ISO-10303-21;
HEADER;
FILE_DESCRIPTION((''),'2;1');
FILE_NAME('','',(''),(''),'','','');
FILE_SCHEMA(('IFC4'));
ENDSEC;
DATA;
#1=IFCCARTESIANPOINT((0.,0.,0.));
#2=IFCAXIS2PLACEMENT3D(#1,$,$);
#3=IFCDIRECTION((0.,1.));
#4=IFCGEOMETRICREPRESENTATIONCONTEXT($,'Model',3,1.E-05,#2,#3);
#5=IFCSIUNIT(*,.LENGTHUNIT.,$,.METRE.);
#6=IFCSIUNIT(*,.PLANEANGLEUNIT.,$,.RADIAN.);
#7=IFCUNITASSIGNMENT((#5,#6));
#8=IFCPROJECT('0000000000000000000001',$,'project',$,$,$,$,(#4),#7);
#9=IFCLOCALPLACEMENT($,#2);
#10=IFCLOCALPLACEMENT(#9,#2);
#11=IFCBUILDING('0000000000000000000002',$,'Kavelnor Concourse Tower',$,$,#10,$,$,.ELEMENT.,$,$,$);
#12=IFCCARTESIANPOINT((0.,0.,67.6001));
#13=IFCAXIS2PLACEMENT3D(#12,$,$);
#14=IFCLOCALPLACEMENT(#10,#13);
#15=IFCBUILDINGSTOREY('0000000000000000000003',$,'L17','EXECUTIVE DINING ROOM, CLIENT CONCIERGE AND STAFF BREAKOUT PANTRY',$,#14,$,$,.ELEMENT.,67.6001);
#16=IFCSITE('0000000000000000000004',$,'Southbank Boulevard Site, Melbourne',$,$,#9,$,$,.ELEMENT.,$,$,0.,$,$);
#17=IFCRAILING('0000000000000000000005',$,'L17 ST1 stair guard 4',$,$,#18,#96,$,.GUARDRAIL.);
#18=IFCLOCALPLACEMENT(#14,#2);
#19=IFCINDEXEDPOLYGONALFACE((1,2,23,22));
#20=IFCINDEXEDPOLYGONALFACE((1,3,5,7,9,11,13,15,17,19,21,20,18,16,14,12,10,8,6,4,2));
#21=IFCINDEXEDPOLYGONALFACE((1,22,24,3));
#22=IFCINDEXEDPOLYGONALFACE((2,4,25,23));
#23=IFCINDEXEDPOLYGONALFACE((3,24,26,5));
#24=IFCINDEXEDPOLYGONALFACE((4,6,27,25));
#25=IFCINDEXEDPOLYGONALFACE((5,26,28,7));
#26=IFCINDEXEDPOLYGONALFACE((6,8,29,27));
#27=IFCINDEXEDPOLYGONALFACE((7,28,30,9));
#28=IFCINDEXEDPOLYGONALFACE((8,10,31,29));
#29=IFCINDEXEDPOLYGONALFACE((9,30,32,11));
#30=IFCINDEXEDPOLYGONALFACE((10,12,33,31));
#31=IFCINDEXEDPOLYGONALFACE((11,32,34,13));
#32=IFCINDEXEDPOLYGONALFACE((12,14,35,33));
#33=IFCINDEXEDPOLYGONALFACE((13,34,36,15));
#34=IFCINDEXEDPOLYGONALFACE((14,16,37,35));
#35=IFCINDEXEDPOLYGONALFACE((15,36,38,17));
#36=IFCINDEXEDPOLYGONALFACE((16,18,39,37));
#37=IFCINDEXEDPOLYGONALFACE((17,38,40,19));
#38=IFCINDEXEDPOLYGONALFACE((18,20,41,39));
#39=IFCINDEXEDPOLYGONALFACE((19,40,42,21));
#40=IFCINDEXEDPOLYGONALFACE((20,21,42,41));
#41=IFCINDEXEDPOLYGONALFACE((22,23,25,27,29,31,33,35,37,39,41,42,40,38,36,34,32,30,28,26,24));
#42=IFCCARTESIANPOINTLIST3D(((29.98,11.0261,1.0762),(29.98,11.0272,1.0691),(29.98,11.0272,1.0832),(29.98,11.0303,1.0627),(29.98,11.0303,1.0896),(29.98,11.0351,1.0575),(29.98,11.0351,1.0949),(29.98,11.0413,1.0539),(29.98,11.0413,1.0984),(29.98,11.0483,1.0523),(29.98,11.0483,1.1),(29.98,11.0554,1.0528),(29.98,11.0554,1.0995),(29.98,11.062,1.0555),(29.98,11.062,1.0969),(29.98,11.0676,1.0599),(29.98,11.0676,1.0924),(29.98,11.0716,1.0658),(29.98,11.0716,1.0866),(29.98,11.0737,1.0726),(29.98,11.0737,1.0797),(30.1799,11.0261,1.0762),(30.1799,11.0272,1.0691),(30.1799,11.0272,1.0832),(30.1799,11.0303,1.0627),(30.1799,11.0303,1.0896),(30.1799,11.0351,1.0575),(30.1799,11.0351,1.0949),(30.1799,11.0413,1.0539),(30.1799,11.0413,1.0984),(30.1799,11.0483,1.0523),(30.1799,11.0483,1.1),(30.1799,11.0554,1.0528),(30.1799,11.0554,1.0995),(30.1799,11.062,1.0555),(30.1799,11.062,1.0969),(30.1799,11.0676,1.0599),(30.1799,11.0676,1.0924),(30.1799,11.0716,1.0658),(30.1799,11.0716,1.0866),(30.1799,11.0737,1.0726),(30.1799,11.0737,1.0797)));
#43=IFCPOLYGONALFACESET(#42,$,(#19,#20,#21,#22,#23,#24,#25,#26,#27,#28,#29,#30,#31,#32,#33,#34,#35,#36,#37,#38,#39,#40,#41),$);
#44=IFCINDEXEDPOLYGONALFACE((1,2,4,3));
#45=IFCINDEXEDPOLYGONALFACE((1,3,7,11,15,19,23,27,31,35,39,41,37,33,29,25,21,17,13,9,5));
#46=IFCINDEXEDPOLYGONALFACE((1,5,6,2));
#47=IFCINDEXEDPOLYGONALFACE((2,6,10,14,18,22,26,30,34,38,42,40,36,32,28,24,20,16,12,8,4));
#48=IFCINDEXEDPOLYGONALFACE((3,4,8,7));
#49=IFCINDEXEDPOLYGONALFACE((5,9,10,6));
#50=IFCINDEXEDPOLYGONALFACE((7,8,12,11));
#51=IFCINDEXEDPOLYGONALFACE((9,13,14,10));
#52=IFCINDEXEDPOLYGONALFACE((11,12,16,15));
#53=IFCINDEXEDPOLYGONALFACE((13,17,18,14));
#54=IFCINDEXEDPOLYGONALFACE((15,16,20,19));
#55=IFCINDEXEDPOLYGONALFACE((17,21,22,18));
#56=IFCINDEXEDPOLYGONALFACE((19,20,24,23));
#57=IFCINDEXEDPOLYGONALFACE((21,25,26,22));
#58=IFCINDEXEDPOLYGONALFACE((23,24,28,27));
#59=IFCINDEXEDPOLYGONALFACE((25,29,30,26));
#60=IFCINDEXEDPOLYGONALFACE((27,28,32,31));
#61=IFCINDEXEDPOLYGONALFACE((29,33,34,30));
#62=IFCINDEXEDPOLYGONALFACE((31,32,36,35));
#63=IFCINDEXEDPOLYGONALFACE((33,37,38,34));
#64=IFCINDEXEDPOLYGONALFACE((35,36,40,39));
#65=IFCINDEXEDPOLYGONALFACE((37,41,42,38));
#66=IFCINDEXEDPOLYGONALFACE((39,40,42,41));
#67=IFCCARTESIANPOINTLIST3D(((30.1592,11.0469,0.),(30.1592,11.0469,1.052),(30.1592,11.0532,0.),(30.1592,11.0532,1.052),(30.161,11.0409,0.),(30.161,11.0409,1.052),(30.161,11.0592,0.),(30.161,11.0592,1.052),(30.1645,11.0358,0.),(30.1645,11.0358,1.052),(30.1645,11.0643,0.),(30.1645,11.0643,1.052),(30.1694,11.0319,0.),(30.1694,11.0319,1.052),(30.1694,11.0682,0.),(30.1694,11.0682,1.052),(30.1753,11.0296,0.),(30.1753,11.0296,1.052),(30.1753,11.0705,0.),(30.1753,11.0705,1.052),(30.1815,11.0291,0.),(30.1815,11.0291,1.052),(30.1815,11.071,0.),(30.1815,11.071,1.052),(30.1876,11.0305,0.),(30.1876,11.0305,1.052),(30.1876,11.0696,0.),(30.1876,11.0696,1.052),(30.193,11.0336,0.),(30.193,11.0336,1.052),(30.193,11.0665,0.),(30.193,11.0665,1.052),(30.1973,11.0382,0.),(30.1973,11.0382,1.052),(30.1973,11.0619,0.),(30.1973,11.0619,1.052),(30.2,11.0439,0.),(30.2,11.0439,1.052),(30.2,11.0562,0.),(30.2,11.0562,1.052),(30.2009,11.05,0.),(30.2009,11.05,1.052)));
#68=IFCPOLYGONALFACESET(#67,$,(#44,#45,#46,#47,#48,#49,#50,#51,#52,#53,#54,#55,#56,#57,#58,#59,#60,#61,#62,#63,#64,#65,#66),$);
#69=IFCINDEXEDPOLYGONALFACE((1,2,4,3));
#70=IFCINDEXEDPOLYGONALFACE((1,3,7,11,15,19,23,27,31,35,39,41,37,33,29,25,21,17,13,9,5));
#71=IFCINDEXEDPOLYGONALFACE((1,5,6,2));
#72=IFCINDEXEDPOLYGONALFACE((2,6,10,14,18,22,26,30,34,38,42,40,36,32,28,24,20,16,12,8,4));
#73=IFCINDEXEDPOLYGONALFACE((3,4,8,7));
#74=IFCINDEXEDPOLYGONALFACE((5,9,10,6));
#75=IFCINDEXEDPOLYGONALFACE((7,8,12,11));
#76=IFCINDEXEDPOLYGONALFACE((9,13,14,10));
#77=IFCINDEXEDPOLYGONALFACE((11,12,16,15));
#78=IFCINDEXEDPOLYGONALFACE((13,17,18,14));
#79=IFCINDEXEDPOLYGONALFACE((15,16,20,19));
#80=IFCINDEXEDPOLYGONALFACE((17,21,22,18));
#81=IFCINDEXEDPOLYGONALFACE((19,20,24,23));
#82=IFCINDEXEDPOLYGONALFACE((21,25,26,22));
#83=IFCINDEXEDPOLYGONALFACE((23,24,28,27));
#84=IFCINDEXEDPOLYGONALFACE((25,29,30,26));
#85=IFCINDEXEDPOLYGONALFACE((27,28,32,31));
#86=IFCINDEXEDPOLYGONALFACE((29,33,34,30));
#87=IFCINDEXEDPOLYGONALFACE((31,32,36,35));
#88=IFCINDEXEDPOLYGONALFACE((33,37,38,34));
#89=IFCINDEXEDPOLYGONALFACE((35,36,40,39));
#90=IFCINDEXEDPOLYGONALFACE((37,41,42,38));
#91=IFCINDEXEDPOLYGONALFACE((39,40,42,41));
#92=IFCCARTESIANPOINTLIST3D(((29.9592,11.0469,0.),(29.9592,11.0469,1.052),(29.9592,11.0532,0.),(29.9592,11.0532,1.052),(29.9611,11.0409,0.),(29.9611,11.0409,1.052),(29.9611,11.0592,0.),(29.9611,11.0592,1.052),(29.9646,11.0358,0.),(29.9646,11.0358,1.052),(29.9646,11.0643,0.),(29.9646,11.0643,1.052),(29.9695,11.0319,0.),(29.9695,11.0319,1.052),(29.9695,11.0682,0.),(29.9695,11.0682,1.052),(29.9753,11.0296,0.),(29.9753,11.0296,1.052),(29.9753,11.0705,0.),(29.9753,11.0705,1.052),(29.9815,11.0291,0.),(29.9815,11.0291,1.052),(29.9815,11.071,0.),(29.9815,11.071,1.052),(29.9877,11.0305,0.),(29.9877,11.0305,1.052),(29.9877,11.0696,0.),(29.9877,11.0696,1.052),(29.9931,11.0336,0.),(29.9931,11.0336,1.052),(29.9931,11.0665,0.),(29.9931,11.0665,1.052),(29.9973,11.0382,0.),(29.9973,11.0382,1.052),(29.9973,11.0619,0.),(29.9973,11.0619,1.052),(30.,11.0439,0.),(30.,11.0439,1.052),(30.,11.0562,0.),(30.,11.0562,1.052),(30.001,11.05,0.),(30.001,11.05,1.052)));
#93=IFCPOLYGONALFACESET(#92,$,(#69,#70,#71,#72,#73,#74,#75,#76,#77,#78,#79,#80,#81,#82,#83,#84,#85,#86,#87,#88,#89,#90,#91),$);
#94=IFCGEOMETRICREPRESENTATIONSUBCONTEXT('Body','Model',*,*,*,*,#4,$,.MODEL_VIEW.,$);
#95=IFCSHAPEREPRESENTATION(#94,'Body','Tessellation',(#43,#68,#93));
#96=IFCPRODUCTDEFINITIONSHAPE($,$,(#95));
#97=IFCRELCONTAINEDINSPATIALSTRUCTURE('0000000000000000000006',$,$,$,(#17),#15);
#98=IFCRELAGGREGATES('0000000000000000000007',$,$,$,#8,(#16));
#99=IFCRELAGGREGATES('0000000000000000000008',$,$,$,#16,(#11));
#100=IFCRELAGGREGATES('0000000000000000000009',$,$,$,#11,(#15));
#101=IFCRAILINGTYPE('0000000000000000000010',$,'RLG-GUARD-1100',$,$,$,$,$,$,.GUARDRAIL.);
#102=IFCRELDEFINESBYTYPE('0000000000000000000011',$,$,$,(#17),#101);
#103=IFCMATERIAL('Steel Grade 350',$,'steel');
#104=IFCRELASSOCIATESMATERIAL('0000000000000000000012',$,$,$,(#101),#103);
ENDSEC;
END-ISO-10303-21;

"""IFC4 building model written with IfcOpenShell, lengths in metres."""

from ifc_helpers import new_model, si_unit, direction, frame, origin, origin_2d, place, context, subcontext, project, spatial, circle, extrude, material, type_object, element, save


model = new_model("IFC4")

# Units and contexts
model_context = context("Model", 3, precision=1e-05, world=origin(), true_north=direction((0.0, 1.0)))
body_context = subcontext(model_context, "Body", "Model", "MODEL_VIEW")
ifc_project = project(units=[si_unit("LENGTHUNIT", "METRE"), si_unit("PLANEANGLEUNIT", "RADIAN")], contexts=[model_context])

# Site, building, storey
site_placement = place(None, origin())
site = spatial("IfcSite", under=ifc_project, at=site_placement, Name="Southbank Boulevard Site, Melbourne", CompositionType="ELEMENT", RefElevation=0.0)
building_placement = place(site_placement, origin())
building = spatial("IfcBuilding", under=site, at=building_placement, Name="Kavelnor Concourse Tower", CompositionType="ELEMENT")
storey_placement = place(building_placement, frame((0.0, 0.0, 67.6001)))
storey = spatial("IfcBuildingStorey", under=building, at=storey_placement, Name="L17", Description="EXECUTIVE DINING ROOM, CLIENT CONCIERGE AND STAFF BREAKOUT PANTRY", CompositionType="ELEMENT", Elevation=67.6001)

# Shared definitions
ifc_material_1 = material(Name="Steel Grade 350", Category="steel")

# Railing
railing_type_1 = type_object("IfcRailingType", Name="RLG-GUARD-1100", PredefinedType="GUARDRAIL", material=ifc_material_1)
railing_1_placement = place(storey_placement, frame((30.1799, 11.05, 0.0)))
element("IfcRailing", 1, at=railing_1_placement, inside=storey, type_object=railing_type_1, Name="L17 ST1 stair guard 4", PredefinedType="GUARDRAIL", context=body_context, shape_type="SweptSolid", body=[
    extrude(circle(Radius=0.0239, at=origin_2d()), frame((0.0, 0.0, 1.0762), z_axis=(-1.0, 0.0, 0.0), x_axis=(0.0, -1.0, 0.0)), (0.0, 0.0, 1.0), 0.2),
    extrude(circle(Radius=0.021, at=origin_2d()), origin(), (0.0, 0.0, 1.0), 1.052),
    extrude(circle(Radius=0.021, at=origin_2d()), frame((-0.2, 0.0, 0.0)), (0.0, 0.0, 1.0), 1.052),
])

save(model, "model.ifc")
